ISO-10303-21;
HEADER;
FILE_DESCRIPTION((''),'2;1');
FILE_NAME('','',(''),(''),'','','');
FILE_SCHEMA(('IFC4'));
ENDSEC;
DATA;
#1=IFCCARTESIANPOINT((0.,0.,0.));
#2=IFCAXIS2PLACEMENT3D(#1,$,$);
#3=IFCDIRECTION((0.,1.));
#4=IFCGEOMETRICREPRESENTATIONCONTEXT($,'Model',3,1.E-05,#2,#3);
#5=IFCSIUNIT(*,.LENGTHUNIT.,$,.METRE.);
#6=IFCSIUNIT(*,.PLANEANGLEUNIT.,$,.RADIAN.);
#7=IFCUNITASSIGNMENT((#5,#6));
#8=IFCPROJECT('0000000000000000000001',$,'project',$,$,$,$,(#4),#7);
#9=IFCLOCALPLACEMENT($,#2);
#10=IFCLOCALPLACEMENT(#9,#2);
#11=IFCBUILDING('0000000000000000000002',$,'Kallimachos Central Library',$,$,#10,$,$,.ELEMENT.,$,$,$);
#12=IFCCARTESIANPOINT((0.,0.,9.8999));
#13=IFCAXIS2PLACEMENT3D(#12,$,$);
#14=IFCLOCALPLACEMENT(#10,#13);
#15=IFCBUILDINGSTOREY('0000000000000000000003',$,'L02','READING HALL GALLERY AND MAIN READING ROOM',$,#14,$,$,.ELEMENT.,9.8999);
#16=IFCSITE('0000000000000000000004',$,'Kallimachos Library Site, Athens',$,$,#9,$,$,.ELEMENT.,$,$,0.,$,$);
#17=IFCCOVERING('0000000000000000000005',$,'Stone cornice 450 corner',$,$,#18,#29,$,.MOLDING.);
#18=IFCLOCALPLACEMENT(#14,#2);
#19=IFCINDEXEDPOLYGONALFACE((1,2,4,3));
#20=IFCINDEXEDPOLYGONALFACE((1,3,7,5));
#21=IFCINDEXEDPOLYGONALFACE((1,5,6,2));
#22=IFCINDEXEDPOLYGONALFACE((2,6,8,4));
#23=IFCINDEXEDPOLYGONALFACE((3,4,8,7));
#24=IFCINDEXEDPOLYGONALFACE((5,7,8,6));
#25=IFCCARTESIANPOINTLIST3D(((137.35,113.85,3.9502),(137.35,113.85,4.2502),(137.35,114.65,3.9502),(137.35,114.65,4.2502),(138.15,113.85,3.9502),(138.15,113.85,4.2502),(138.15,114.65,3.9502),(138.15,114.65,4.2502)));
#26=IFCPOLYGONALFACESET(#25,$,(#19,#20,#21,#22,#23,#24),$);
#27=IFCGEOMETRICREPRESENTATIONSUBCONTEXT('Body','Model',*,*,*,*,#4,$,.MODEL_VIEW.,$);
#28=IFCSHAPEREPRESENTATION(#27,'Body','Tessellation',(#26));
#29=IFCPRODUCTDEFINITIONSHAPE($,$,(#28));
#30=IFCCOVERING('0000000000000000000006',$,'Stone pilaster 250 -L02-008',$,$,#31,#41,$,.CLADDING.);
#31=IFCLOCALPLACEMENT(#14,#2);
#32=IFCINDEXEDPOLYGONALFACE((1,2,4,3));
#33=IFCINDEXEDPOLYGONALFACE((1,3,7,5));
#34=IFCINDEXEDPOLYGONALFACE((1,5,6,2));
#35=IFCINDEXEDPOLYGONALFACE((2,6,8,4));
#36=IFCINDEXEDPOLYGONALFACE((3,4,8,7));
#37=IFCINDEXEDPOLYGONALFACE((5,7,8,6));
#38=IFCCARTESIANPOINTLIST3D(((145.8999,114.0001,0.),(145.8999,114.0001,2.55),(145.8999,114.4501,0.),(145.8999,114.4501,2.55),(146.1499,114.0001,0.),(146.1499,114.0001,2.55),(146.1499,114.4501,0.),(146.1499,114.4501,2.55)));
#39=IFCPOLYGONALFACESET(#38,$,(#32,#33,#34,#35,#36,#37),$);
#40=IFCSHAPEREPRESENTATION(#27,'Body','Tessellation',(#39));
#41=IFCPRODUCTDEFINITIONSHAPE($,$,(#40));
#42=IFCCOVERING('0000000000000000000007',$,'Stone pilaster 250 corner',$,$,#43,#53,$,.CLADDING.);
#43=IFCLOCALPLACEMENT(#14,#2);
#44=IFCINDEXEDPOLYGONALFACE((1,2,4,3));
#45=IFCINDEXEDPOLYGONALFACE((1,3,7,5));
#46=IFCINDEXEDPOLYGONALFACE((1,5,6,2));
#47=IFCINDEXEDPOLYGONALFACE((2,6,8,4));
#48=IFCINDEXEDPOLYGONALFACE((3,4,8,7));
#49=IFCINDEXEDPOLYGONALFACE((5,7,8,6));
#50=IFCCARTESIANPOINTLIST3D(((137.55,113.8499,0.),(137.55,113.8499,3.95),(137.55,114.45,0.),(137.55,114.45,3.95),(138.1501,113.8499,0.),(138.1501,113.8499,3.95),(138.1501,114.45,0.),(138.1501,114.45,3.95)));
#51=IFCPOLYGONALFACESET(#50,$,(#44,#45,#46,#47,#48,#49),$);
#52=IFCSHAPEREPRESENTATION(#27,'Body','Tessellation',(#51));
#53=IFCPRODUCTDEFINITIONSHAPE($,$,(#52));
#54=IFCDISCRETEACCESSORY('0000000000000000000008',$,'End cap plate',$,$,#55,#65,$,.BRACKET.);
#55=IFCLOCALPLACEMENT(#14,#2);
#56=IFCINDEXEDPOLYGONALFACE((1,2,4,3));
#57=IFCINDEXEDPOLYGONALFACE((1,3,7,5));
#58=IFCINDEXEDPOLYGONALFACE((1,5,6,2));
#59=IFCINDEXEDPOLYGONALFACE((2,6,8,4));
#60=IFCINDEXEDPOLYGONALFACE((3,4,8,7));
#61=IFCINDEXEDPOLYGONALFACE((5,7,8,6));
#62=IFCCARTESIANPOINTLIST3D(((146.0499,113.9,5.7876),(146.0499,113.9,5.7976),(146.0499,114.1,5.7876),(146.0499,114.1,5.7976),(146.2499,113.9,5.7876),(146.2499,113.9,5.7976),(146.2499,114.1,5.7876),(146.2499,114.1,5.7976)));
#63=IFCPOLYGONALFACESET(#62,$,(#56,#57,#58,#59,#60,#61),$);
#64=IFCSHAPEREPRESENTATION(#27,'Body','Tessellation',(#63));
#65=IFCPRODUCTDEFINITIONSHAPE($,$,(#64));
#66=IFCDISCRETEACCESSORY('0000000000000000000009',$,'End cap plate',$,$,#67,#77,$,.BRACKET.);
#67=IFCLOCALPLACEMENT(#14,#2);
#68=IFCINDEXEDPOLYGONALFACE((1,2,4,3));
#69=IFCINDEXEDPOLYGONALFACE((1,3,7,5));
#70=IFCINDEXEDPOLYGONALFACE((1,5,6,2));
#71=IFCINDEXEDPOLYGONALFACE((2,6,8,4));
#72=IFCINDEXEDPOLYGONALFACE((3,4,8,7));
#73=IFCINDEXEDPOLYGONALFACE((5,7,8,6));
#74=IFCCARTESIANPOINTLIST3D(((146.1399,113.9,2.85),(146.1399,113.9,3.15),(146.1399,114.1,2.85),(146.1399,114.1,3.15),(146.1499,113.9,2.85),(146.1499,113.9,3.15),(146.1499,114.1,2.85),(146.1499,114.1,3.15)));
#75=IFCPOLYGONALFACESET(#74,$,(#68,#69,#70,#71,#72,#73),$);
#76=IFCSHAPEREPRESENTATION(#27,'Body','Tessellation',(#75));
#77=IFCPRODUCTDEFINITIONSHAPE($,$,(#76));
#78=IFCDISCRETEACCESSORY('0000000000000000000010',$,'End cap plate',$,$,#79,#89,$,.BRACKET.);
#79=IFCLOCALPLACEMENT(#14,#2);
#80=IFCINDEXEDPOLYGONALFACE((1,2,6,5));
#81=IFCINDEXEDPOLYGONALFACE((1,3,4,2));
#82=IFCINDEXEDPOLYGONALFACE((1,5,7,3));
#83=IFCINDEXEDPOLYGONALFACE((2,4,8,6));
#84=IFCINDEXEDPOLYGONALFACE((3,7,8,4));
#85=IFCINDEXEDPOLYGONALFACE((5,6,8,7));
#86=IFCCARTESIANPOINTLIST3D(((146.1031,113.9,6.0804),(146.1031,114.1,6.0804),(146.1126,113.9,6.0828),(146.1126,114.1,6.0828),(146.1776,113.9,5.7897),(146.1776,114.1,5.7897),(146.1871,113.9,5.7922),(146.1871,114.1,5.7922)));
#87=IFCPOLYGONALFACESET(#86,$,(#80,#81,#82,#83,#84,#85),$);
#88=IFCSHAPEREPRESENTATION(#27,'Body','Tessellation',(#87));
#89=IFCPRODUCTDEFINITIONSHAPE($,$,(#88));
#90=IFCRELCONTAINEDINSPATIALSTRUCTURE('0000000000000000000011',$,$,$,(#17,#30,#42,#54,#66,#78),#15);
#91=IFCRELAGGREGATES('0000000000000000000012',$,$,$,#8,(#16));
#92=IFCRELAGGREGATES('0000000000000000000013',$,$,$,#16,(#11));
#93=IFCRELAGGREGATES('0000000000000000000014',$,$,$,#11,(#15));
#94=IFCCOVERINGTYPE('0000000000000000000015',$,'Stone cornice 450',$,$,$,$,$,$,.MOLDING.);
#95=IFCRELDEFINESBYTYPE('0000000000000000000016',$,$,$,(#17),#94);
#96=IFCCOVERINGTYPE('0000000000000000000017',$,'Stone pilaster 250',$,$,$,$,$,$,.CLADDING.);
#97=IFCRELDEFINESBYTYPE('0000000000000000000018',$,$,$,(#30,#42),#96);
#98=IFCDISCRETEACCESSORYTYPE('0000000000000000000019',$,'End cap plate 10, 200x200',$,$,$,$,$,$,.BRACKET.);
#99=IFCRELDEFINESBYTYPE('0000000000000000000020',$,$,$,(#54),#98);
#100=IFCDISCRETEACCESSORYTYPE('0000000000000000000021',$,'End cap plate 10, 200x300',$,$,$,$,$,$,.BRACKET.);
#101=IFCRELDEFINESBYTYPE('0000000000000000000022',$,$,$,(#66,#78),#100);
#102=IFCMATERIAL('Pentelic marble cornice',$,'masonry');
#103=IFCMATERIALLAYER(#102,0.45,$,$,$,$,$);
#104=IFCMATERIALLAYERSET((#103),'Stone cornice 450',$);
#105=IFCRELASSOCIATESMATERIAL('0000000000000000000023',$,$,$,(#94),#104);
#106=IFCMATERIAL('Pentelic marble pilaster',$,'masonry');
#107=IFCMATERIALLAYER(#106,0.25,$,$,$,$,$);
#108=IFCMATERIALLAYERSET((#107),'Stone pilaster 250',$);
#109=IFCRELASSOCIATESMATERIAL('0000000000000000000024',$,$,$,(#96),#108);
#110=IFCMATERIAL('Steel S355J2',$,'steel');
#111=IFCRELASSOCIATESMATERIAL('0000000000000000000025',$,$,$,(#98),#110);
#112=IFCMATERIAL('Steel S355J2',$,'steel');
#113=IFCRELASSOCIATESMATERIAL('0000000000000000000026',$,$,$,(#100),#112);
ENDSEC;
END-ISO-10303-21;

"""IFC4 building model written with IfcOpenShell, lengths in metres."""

from ifc_helpers import new_model, si_unit, direction, frame, origin, origin_2d, place, context, subcontext, project, spatial, rectangle, extrude, material, layer, layer_set, material_profile, profile_set, type_object, element, save


model = new_model("IFC4")

# Units and contexts
model_context = context("Model", 3, precision=1e-05, world=origin(), true_north=direction((0.0, 1.0)))
body_context = subcontext(model_context, "Body", "Model", "MODEL_VIEW")
ifc_project = project(units=[si_unit("LENGTHUNIT", "METRE"), si_unit("PLANEANGLEUNIT", "RADIAN")], contexts=[model_context])

# Site, building, storey
site_placement = place(None, origin())
site = spatial("IfcSite", under=ifc_project, at=site_placement, Name="Kallimachos Library Site, Athens", CompositionType="ELEMENT", RefElevation=0.0)
building_placement = place(site_placement, origin())
building = spatial("IfcBuilding", under=site, at=building_placement, Name="Kallimachos Central Library", CompositionType="ELEMENT")
storey_placement = place(building_placement, frame((0.0, 0.0, 9.8999)))
storey = spatial("IfcBuildingStorey", under=building, at=storey_placement, Name="L02", Description="READING HALL GALLERY AND MAIN READING ROOM", CompositionType="ELEMENT", Elevation=9.8999)

# Coverings
ifc_material_1 = material(Name="Pentelic marble cornice", Category="masonry")
ifc_layer_1 = layer(ifc_material_1, 0.45)
ifc_layer_set_1 = layer_set([ifc_layer_1], Name="Stone cornice 450")
covering_type_1 = type_object("IfcCoveringType", Name="Stone cornice 450", PredefinedType="MOLDING", material=ifc_layer_set_1)
covering_1_placement = place(storey_placement, frame((137.75, 114.25, 3.9502), z_axis=(0.0, 0.0, 1.0), x_axis=(1.0, 0.0, 0.0)))
element("IfcCovering", 1, at=covering_1_placement, inside=storey, type_object=covering_type_1, Name="Stone cornice 450 corner", PredefinedType="MOLDING", context=body_context, shape_type="SweptSolid", body=[
    extrude(rectangle(XDim=0.8, YDim=0.8, at=origin_2d()), origin(), (0.0, 0.0, 1.0), 0.3),
])
ifc_material_2 = material(Name="Pentelic marble pilaster", Category="masonry")
ifc_layer_2 = layer(ifc_material_2, 0.25)
ifc_layer_set_2 = layer_set([ifc_layer_2], Name="Stone pilaster 250")
covering_type_2 = type_object("IfcCoveringType", Name="Stone pilaster 250", PredefinedType="CLADDING", material=ifc_layer_set_2)
covering_2_placement = place(storey_placement, frame((146.0249, 114.2251, 0.0), z_axis=(0.0, 0.0, 1.0), x_axis=(1.0, 0.0, 0.0)))
element("IfcCovering", 2, at=covering_2_placement, inside=storey, type_object=covering_type_2, Name="Stone pilaster 250 -L02-008", PredefinedType="CLADDING", context=body_context, shape_type="SweptSolid", body=[
    extrude(rectangle(XDim=0.25, YDim=0.45, at=origin_2d()), origin(), (0.0, 0.0, 1.0), 2.55),
])
covering_3_placement = place(storey_placement, frame((137.8501, 114.1499, 0.0), z_axis=(0.0, 0.0, 1.0), x_axis=(1.0, 0.0, 0.0)))
element("IfcCovering", 3, at=covering_3_placement, inside=storey, type_object=covering_type_2, Name="Stone pilaster 250 corner", PredefinedType="CLADDING", context=body_context, shape_type="SweptSolid", body=[
    extrude(rectangle(XDim=0.6001, YDim=0.6001, at=origin_2d()), origin(), (0.0, 0.0, 1.0), 3.95),
])

# Discrete accessories
ifc_material_3 = material(Name="Steel S355J2", Category="steel")
ifc_material_profile_1 = material_profile(ifc_material_3, rectangle(XDim=0.2, YDim=0.2, at=origin_2d()), Name="End cap plate 10, 200x200")
ifc_profile_set_1 = profile_set([ifc_material_profile_1], Name="Steel S355J2")
discrete_accessory_type_1 = type_object("IfcDiscreteAccessoryType", Name="End cap plate 10, 200x200", PredefinedType="BRACKET", material=ifc_profile_set_1)
discrete_accessory_1_placement = place(storey_placement, frame((146.1499, 114.0, 5.7876), z_axis=(0.0, 0.0, 1.0), x_axis=(1.0, 0.0, 0.0)))
element("IfcDiscreteAccessory", 4, at=discrete_accessory_1_placement, inside=storey, type_object=discrete_accessory_type_1, Name="End cap plate", PredefinedType="BRACKET", context=body_context, shape_type="SweptSolid", body=[
    extrude(rectangle(XDim=0.2, YDim=0.2, at=origin_2d()), origin(), (0.0, 0.0, 1.0), 0.01),
])
ifc_material_4 = material(Name="Steel S355J2", Category="steel")
ifc_material_profile_2 = material_profile(ifc_material_4, rectangle(XDim=0.2, YDim=0.3, at=origin_2d()), Name="End cap plate 10, 200x300")
ifc_profile_set_2 = profile_set([ifc_material_profile_2], Name="Steel S355J2")
discrete_accessory_type_2 = type_object("IfcDiscreteAccessoryType", Name="End cap plate 10, 200x300", PredefinedType="BRACKET", material=ifc_profile_set_2)
discrete_accessory_2_placement = place(storey_placement, frame((146.1399, 114.0, 3.0), z_axis=(1.0, 0.0, 0.0), x_axis=(0.0, 1.0, 0.0)))
element("IfcDiscreteAccessory", 5, at=discrete_accessory_2_placement, inside=storey, type_object=discrete_accessory_type_2, Name="End cap plate", PredefinedType="BRACKET", context=body_context, shape_type="SweptSolid", body=[
    extrude(rectangle(XDim=0.2, YDim=0.3, at=origin_2d()), origin(), (0.0, 0.0, 1.0), 0.01),
])
discrete_accessory_3_placement = place(storey_placement, frame((146.1404, 114.0, 5.9351), z_axis=(0.968664, 0.0, 0.248375), x_axis=(0.0, 1.0, 0.0)))
element("IfcDiscreteAccessory", 6, at=discrete_accessory_3_placement, inside=storey, type_object=discrete_accessory_type_2, Name="End cap plate", PredefinedType="BRACKET", context=body_context, shape_type="SweptSolid", body=[
    extrude(rectangle(XDim=0.2, YDim=0.3, at=origin_2d()), origin(), (0.0, 0.0, 1.0), 0.0098),
])

save(model, "model.ifc")
